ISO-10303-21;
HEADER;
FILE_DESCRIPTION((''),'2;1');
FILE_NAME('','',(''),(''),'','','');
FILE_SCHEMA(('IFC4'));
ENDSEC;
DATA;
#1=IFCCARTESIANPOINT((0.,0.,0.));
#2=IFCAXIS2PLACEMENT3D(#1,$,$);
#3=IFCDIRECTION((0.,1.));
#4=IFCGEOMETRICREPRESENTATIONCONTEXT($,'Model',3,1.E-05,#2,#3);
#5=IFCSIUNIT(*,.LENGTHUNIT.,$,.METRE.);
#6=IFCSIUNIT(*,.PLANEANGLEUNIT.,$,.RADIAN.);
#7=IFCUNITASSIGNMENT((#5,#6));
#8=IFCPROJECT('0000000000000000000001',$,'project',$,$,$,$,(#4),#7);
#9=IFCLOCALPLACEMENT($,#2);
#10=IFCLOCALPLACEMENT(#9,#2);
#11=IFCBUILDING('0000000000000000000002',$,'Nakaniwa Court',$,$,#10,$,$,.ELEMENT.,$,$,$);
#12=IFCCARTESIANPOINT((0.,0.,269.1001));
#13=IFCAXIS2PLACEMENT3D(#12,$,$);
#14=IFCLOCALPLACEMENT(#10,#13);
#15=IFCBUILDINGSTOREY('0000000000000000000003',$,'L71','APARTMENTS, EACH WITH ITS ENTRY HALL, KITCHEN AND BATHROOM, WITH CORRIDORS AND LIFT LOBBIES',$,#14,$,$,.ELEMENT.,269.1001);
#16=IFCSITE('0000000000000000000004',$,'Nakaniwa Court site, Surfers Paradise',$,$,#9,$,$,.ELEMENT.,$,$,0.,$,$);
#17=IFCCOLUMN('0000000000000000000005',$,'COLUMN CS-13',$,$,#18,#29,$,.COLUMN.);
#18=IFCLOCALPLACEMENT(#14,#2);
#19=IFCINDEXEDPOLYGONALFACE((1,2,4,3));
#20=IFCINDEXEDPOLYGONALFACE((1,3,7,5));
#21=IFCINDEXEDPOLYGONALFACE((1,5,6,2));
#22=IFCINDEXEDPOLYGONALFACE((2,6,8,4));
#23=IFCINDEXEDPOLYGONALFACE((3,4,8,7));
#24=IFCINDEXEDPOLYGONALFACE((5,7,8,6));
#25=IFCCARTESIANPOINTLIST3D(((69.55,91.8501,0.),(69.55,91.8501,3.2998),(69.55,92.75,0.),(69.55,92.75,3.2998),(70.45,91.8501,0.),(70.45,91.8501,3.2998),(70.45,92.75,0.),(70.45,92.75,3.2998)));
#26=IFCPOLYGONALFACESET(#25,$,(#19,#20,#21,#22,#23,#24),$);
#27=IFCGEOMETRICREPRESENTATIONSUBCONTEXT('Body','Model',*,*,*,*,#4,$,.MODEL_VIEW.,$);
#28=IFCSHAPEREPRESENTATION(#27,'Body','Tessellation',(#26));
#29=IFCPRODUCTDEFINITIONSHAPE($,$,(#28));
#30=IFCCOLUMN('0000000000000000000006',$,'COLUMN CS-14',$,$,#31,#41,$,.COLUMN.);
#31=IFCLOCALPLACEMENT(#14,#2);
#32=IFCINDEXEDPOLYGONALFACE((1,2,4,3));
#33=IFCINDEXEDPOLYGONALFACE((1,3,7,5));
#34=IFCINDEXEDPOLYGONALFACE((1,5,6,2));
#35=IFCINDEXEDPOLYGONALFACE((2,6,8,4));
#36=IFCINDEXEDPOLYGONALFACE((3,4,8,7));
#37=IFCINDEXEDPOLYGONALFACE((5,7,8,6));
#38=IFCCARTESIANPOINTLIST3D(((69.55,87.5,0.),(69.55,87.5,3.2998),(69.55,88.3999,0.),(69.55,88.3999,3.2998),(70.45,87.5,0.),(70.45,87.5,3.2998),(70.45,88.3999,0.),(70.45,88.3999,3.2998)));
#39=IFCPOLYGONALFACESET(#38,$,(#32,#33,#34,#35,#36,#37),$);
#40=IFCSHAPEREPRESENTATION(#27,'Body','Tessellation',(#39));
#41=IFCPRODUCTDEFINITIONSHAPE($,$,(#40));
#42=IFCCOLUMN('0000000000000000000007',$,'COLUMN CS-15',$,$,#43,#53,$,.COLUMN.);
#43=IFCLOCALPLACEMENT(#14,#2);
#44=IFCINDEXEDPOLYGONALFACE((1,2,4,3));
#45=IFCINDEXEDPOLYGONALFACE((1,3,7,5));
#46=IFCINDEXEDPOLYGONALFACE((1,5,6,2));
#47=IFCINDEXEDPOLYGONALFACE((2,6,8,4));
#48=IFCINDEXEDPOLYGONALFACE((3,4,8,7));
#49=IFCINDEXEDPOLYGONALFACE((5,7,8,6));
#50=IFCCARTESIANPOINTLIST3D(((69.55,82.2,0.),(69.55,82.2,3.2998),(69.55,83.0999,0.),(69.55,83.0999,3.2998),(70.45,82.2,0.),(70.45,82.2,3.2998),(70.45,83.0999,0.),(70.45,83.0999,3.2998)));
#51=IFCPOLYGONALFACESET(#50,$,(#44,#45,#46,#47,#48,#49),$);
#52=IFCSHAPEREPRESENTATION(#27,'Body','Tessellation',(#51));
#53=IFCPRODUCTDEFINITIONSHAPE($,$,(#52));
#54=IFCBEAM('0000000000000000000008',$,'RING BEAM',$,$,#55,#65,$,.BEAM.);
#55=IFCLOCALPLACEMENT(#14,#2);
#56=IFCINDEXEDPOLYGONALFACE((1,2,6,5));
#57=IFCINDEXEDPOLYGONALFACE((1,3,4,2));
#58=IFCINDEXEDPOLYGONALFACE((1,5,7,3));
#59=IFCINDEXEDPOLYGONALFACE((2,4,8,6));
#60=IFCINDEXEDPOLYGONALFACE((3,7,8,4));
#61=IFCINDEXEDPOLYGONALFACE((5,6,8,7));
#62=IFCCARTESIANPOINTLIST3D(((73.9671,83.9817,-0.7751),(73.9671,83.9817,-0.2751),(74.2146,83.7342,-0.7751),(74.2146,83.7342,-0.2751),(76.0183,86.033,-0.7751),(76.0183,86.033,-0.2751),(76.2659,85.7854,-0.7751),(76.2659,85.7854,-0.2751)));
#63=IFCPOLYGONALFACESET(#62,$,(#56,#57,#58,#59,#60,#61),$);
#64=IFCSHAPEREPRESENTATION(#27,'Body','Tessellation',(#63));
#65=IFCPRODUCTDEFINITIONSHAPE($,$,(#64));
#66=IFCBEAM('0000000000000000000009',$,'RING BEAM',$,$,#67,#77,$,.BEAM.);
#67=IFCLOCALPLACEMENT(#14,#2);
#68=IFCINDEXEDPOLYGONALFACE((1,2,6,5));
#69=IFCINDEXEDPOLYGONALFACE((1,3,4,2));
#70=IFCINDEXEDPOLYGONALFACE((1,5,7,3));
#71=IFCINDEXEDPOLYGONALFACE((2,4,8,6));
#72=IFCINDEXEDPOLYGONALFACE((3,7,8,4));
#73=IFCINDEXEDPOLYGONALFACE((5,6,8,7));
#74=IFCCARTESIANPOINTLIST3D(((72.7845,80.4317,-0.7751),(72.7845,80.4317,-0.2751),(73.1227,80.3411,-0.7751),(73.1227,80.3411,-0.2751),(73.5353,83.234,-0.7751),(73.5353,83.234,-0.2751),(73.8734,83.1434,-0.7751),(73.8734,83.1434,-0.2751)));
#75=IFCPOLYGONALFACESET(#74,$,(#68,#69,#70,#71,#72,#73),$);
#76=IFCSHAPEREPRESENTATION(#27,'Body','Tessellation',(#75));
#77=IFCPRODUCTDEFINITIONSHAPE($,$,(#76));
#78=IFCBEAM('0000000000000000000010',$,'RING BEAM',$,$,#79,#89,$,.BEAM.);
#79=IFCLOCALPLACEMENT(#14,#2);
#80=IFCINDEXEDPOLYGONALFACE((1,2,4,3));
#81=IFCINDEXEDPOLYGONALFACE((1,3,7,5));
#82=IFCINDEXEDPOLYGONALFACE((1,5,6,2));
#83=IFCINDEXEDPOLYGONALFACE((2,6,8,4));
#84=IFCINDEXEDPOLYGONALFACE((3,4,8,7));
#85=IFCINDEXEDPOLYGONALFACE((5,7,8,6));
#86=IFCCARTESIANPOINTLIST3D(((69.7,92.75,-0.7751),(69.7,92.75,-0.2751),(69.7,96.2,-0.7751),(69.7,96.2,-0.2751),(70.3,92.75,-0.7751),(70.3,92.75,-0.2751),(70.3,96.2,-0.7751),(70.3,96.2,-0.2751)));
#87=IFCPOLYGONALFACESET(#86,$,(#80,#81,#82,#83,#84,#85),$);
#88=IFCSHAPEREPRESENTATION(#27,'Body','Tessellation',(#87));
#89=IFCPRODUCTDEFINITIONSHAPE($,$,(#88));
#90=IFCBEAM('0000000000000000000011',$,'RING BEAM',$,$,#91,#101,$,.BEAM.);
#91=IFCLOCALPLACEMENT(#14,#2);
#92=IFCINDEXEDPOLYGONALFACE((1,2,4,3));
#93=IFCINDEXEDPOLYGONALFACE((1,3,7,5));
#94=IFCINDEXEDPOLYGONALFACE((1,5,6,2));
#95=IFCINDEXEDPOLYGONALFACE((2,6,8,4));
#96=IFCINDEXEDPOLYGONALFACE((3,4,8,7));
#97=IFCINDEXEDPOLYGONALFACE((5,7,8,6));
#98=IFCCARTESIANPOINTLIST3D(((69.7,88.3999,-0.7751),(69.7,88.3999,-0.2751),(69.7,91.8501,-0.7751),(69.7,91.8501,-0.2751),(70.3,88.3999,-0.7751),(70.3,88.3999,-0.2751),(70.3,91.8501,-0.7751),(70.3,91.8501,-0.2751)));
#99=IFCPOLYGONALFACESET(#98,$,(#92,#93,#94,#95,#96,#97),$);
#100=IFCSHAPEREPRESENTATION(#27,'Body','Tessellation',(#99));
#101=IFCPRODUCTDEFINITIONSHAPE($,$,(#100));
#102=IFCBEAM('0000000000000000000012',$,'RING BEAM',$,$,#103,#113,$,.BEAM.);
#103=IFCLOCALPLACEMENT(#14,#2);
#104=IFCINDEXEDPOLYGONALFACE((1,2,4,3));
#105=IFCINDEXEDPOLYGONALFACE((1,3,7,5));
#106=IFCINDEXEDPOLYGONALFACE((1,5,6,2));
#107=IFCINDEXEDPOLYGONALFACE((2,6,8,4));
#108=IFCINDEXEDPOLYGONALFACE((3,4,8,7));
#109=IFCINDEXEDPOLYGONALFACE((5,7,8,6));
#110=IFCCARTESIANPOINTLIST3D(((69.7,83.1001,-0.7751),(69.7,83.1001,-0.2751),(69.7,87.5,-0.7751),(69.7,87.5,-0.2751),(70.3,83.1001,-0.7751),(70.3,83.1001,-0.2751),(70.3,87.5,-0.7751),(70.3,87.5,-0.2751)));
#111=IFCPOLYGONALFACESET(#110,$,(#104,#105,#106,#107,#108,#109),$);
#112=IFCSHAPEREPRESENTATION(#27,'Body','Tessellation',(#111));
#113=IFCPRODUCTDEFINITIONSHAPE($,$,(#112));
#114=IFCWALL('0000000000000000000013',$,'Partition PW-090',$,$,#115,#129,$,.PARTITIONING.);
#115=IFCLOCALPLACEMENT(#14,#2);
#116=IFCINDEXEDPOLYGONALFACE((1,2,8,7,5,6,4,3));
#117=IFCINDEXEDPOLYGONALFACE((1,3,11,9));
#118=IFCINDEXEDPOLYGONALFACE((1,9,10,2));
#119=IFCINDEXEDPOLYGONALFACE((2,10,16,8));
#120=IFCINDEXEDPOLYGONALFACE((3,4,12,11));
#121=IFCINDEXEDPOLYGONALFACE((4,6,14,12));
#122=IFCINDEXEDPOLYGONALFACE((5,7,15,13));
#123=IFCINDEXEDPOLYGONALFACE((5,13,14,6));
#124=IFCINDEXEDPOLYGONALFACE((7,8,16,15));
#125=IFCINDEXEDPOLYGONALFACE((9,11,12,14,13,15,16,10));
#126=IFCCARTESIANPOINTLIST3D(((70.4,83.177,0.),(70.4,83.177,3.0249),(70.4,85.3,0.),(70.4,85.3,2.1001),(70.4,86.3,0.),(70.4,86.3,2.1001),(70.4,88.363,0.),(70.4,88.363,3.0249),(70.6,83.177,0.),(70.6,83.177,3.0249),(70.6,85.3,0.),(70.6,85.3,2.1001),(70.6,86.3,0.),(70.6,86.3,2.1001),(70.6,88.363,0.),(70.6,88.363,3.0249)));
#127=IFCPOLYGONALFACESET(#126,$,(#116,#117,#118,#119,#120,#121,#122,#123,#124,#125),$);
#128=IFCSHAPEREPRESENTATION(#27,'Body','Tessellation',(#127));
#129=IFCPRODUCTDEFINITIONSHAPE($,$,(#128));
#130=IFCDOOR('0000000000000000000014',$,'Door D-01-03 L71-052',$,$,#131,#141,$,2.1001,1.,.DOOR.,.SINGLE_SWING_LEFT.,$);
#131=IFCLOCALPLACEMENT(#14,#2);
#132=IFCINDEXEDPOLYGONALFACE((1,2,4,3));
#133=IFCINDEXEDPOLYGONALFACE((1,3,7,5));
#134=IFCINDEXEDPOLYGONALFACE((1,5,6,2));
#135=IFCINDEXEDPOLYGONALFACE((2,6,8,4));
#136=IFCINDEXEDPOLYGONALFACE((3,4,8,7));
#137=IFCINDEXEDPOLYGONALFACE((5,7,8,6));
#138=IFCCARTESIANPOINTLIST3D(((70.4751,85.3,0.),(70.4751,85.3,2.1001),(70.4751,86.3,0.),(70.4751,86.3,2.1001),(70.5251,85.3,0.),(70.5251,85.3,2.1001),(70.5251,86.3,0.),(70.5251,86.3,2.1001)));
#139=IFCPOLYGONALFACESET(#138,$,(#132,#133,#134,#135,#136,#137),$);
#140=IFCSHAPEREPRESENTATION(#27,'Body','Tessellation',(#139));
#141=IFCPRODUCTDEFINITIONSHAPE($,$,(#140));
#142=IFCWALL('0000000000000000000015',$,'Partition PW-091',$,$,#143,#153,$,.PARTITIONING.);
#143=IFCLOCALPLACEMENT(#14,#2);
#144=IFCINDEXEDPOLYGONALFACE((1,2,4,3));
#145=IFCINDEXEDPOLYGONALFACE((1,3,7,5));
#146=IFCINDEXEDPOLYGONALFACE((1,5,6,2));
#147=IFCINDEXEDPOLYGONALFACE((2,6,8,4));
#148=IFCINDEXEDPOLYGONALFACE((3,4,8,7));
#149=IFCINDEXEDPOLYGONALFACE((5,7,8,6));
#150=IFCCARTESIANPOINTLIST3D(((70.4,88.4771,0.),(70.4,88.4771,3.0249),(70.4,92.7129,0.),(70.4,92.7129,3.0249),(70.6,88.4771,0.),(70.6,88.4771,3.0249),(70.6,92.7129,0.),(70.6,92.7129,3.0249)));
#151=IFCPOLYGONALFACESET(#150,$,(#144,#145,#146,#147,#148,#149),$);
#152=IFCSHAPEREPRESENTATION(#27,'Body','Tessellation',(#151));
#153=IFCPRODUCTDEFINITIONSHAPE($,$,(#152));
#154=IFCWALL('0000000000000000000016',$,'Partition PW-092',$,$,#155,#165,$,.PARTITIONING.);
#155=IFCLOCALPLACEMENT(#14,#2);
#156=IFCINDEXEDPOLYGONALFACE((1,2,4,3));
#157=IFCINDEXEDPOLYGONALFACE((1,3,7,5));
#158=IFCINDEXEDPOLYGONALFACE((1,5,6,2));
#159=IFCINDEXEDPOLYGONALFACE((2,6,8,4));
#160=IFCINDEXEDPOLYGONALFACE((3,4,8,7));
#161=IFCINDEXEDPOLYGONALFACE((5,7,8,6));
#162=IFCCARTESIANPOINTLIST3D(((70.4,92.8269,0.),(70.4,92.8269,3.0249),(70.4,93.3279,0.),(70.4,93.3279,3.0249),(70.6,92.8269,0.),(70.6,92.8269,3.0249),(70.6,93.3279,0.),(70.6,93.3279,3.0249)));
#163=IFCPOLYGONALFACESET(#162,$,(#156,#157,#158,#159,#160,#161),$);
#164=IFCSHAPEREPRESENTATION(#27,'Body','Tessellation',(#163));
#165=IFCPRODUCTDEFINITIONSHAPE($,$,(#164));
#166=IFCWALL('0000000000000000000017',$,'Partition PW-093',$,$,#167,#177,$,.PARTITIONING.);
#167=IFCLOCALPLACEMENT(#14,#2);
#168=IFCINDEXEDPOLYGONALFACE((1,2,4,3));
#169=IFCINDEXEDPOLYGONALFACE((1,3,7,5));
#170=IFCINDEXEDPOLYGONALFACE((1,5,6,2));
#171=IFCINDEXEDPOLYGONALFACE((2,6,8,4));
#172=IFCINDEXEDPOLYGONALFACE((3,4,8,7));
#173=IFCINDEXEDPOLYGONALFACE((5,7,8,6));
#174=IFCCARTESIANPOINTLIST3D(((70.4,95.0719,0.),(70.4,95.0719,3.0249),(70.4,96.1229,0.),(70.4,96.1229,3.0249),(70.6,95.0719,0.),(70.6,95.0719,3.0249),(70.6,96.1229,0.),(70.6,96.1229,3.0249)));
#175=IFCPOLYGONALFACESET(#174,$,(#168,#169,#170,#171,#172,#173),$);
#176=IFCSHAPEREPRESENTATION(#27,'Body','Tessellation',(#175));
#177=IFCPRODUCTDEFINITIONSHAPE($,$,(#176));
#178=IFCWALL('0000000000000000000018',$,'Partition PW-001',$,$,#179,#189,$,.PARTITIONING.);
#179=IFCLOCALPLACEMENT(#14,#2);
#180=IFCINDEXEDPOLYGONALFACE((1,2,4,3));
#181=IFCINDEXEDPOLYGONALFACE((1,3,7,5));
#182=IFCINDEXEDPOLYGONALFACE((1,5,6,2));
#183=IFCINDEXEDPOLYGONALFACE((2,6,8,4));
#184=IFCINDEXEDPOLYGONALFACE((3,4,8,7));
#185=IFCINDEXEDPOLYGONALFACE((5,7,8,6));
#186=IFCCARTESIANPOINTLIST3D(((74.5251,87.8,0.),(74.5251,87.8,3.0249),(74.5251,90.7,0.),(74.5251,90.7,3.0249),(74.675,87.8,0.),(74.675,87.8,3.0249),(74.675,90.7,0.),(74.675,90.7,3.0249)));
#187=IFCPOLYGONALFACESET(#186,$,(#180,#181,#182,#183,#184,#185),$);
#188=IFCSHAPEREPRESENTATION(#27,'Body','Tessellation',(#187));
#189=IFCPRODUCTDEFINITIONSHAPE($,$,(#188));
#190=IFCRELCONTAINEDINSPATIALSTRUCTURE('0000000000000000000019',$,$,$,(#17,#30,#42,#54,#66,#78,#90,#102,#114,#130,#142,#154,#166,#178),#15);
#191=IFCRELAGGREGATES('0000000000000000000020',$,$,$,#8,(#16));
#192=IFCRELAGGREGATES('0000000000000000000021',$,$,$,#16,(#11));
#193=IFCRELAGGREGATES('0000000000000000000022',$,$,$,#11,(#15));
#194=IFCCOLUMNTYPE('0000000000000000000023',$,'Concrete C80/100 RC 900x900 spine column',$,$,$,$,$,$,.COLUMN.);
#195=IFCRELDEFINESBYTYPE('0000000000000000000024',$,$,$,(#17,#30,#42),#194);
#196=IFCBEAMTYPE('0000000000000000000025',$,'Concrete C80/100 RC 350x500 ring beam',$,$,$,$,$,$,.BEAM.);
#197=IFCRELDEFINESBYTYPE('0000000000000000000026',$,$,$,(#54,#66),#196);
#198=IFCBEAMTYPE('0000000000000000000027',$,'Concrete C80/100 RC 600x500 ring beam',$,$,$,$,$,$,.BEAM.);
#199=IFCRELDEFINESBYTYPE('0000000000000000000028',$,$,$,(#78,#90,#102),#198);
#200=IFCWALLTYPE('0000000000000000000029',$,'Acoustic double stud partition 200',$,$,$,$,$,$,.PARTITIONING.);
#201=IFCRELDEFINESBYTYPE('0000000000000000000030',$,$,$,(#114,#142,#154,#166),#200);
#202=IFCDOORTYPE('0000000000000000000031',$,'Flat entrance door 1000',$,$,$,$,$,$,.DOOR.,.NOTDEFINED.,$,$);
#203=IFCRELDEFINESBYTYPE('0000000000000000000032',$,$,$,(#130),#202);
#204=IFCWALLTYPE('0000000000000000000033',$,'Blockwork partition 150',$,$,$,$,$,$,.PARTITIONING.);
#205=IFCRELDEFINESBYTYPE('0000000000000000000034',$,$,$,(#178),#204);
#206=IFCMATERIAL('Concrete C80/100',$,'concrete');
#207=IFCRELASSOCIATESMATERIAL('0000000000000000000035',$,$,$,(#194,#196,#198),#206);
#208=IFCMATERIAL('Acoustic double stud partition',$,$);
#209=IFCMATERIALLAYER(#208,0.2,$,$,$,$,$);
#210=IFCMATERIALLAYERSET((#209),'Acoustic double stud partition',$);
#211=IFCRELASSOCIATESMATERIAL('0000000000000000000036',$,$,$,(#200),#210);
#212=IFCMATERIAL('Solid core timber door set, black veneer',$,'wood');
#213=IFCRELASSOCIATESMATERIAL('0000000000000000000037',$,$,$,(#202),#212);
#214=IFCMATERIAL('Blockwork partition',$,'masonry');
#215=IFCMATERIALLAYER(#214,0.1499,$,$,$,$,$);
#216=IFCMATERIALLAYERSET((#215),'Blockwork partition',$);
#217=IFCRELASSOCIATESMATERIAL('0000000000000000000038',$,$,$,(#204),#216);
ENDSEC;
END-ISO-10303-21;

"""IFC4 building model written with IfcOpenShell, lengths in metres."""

from ifc_helpers import new_model, si_unit, direction, frame, frame_2d, origin, origin_2d, place, context, subcontext, project, spatial, rectangle, extrude, material, layer, layer_set, material_profile, profile_set, type_object, element, fill, save


model = new_model("IFC4")

# Units and contexts
model_context = context("Model", 3, precision=1e-05, world=origin(), true_north=direction((0.0, 1.0)))
body_context = subcontext(model_context, "Body", "Model", "MODEL_VIEW")
ifc_project = project(units=[si_unit("LENGTHUNIT", "METRE"), si_unit("PLANEANGLEUNIT", "RADIAN")], contexts=[model_context])

# Site, building, storey
site_placement = place(None, origin())
site = spatial("IfcSite", under=ifc_project, at=site_placement, Name="Nakaniwa Court site, Surfers Paradise", CompositionType="ELEMENT", RefElevation=0.0)
building_placement = place(site_placement, origin())
building = spatial("IfcBuilding", under=site, at=building_placement, Name="Nakaniwa Court", CompositionType="ELEMENT")
storey_placement = place(building_placement, frame((0.0, 0.0, 269.1001)))
storey = spatial("IfcBuildingStorey", under=building, at=storey_placement, Name="L71", Description="APARTMENTS, EACH WITH ITS ENTRY HALL, KITCHEN AND BATHROOM, WITH CORRIDORS AND LIFT LOBBIES", CompositionType="ELEMENT", Elevation=269.1001)

# Columns
ifc_material_1 = material(Name="Concrete C80/100", Category="concrete")
ifc_material_profile_1 = material_profile(ifc_material_1, rectangle(XDim=0.8999, YDim=0.8999, at=origin_2d()), Name="Concrete C80/100 RC 900x900 spine column")
ifc_profile_set_1 = profile_set([ifc_material_profile_1], Name="Concrete C80/100")
column_type_1 = type_object("IfcColumnType", Name="Concrete C80/100 RC 900x900 spine column", PredefinedType="COLUMN", material=ifc_profile_set_1)
for number, where, z_axis, x_axis, name in (
    (1, (70.0, 92.3, 0.0), (0.0, 0.0, 1.0), (0.0, -1.0, 0.0), "COLUMN CS-13"),
    (2, (70.0, 87.95, 0.0), (0.0, 0.0, 1.0), (0.0, -1.0, 0.0), "COLUMN CS-14"),
    (3, (70.0, 82.6499, 0.0), (0.0, 0.0, 1.0), (0.0, -1.0, 0.0), "COLUMN CS-15"),
):
    element("IfcColumn", number, at=place(storey_placement, frame(where, z_axis=z_axis, x_axis=x_axis)), inside=storey, type_object=column_type_1, Name=name, PredefinedType="COLUMN", context=body_context, shape_type="SweptSolid", body=[
        extrude(rectangle(XDim=0.8999, YDim=0.8999, at=origin_2d()), origin(), (0.0, 0.0, 1.0), 3.2998),
    ])

# Beams
ifc_material_profile_2 = material_profile(ifc_material_1, rectangle(XDim=0.3501, YDim=0.5, at=origin_2d()), Name="Concrete C80/100 RC 350x500 ring beam")
ifc_profile_set_2 = profile_set([ifc_material_profile_2], Name="Concrete C80/100")
beam_type_1 = type_object("IfcBeamType", Name="Concrete C80/100 RC 350x500 ring beam", PredefinedType="BEAM", material=ifc_profile_set_2)
beam_1_placement = place(storey_placement, frame((76.1421, 85.9092, -0.5251), z_axis=(-0.707107, -0.707107, 0.0), x_axis=(0.707107, -0.707107, 0.0)))
element("IfcBeam", 4, at=beam_1_placement, inside=storey, type_object=beam_type_1, Name="RING BEAM", PredefinedType="BEAM", context=body_context, shape_type="SweptSolid", body=[
    extrude(rectangle(XDim=0.3501, YDim=0.5, at=origin_2d()), origin(), (0.0, 0.0, 1.0), 2.9009),
])
beam_2_placement = place(storey_placement, frame((73.7043, 83.1887, -0.5251), z_axis=(-0.258778, -0.965937, 0.0), x_axis=(0.965937, -0.258778, 0.0)))
element("IfcBeam", 5, at=beam_2_placement, inside=storey, type_object=beam_type_1, Name="RING BEAM", PredefinedType="BEAM", context=body_context, shape_type="SweptSolid", body=[
    extrude(rectangle(XDim=0.3501, YDim=0.5, at=origin_2d()), origin(), (0.0, 0.0, 1.0), 2.9011),
])
ifc_material_profile_3 = material_profile(ifc_material_1, rectangle(XDim=0.6001, YDim=0.5, at=origin_2d()), Name="Concrete C80/100 RC 600x500 ring beam")
ifc_profile_set_3 = profile_set([ifc_material_profile_3], Name="Concrete C80/100")
beam_type_2 = type_object("IfcBeamType", Name="Concrete C80/100 RC 600x500 ring beam", PredefinedType="BEAM", material=ifc_profile_set_3)
beam_3_placement = place(storey_placement, frame((70.0, 96.2, -0.5251), z_axis=(0.0, -1.0, 0.0), x_axis=(1.0, 0.0, 0.0)))
element("IfcBeam", 6, at=beam_3_placement, inside=storey, type_object=beam_type_2, Name="RING BEAM", PredefinedType="BEAM", context=body_context, shape_type="SweptSolid", body=[
    extrude(rectangle(XDim=0.6001, YDim=0.5, at=origin_2d()), origin(), (0.0, 0.0, 1.0), 3.45),
])
beam_4_placement = place(storey_placement, frame((70.0, 91.8501, -0.5251), z_axis=(0.0, -1.0, 0.0), x_axis=(1.0, 0.0, 0.0)))
element("IfcBeam", 7, at=beam_4_placement, inside=storey, type_object=beam_type_2, Name="RING BEAM", PredefinedType="BEAM", context=body_context, shape_type="SweptSolid", body=[
    extrude(rectangle(XDim=0.6001, YDim=0.5, at=origin_2d()), origin(), (0.0, 0.0, 1.0), 3.4502),
])
beam_5_placement = place(storey_placement, frame((70.0, 87.5, -0.5251), z_axis=(0.0, -1.0, 0.0), x_axis=(1.0, 0.0, 0.0)))
element("IfcBeam", 8, at=beam_5_placement, inside=storey, type_object=beam_type_2, Name="RING BEAM", PredefinedType="BEAM", context=body_context, shape_type="SweptSolid", body=[
    extrude(rectangle(XDim=0.6001, YDim=0.5, at=origin_2d()), origin(), (0.0, 0.0, 1.0), 4.3999),
])

# Wall, opening, door
ifc_material_2 = material(Name="Acoustic double stud partition")
ifc_layer_1 = layer(ifc_material_2, 0.2)
ifc_layer_set_1 = layer_set([ifc_layer_1], Name="Acoustic double stud partition")
wall_type_1 = type_object("IfcWallType", Name="Acoustic double stud partition 200", PredefinedType="PARTITIONING", material=ifc_layer_set_1)
wall_1_placement = place(storey_placement, frame((70.5, 83.177, 0.0), z_axis=(0.0, 0.0, 1.0), x_axis=(0.0, 1.0, 0.0)))
wall_1 = element("IfcWall", 9, at=wall_1_placement, inside=storey, type_object=wall_type_1, Name="Partition PW-090", PredefinedType="PARTITIONING", context=body_context, shape_type="SweptSolid", body=[
    extrude(rectangle(XDim=5.186, YDim=0.2, at=frame_2d((2.593, 0.0))), origin(), (0.0, 0.0, 1.0), 3.0249),
])
opening_1_placement = place(wall_1_placement, frame((2.123, 0.0, 0.0)))
opening_1 = element("IfcOpeningElement", 10, at=opening_1_placement, cuts=wall_1, PredefinedType="OPENING", context=body_context, shape_type="SweptSolid", body=[
    extrude(rectangle(XDim=1.0, YDim=2.1001, at=frame_2d((0.5, 1.05))), frame((0.0, 0.1099, 0.0), z_axis=(0.0, -1.0, 0.0), x_axis=(1.0, 0.0, 0.0)), (0.0, 0.0, 1.0), 0.22),
])
ifc_material_3 = material(Name="Solid core timber door set, black veneer", Category="wood")
door_type_1 = type_object("IfcDoorType", Name="Flat entrance door 1000", OperationType="NOTDEFINED", PredefinedType="DOOR", material=ifc_material_3)
door_1_placement = place(opening_1_placement, origin())
door_1 = element("IfcDoor", 11, at=door_1_placement, inside=storey, type_object=door_type_1, Name="Door D-01-03 L71-052", OperationType="SINGLE_SWING_LEFT", OverallHeight=2.1001, OverallWidth=1.0, PredefinedType="DOOR", context=body_context, shape_type="SweptSolid", body=[
    extrude(rectangle(XDim=1.0, YDim=2.1001, at=frame_2d((0.5, 1.05))), frame((0.0, 0.0249, 0.0), z_axis=(0.0, -1.0, 0.0), x_axis=(1.0, 0.0, 0.0)), (0.0, 0.0, 1.0), 0.05),
])
fill(opening_1, door_1)

# Walls
wall_2_placement = place(storey_placement, frame((70.5, 88.4771, 0.0), z_axis=(0.0, 0.0, 1.0), x_axis=(0.0, 1.0, 0.0)))
element("IfcWall", 12, at=wall_2_placement, inside=storey, type_object=wall_type_1, Name="Partition PW-091", PredefinedType="PARTITIONING", context=body_context, shape_type="SweptSolid", body=[
    extrude(rectangle(XDim=4.2358, YDim=0.2, at=frame_2d((2.1179, 0.0))), origin(), (0.0, 0.0, 1.0), 3.0249),
])
wall_3_placement = place(storey_placement, frame((70.5, 92.8269, 0.0), z_axis=(0.0, 0.0, 1.0), x_axis=(0.0, 1.0, 0.0)))
element("IfcWall", 13, at=wall_3_placement, inside=storey, type_object=wall_type_1, Name="Partition PW-092", PredefinedType="PARTITIONING", context=body_context, shape_type="SweptSolid", body=[
    extrude(rectangle(XDim=0.501, YDim=0.2, at=frame_2d((0.2505, 0.0))), origin(), (0.0, 0.0, 1.0), 3.0249),
])
wall_4_placement = place(storey_placement, frame((70.5, 95.072, 0.0), z_axis=(0.0, 0.0, 1.0), x_axis=(0.0, 1.0, 0.0)))
element("IfcWall", 14, at=wall_4_placement, inside=storey, type_object=wall_type_1, Name="Partition PW-093", PredefinedType="PARTITIONING", context=body_context, shape_type="SweptSolid", body=[
    extrude(rectangle(XDim=1.051, YDim=0.2, at=frame_2d((0.5254, 0.0))), origin(), (0.0, 0.0, 1.0), 3.0249),
])
ifc_material_4 = material(Name="Blockwork partition", Category="masonry")
ifc_layer_2 = layer(ifc_material_4, 0.1499)
ifc_layer_set_2 = layer_set([ifc_layer_2], Name="Blockwork partition")
wall_type_2 = type_object("IfcWallType", Name="Blockwork partition 150", PredefinedType="PARTITIONING", material=ifc_layer_set_2)
wall_5_placement = place(storey_placement, frame((74.6001, 87.8, 0.0), z_axis=(0.0, 0.0, 1.0), x_axis=(0.0, 1.0, 0.0)))
element("IfcWall", 15, at=wall_5_placement, inside=storey, type_object=wall_type_2, Name="Partition PW-001", PredefinedType="PARTITIONING", context=body_context, shape_type="SweptSolid", body=[
    extrude(rectangle(XDim=2.8999, YDim=0.1499, at=frame_2d((1.45, 0.0))), origin(), (0.0, 0.0, 1.0), 3.0249),
])

save(model, "model.ifc")
